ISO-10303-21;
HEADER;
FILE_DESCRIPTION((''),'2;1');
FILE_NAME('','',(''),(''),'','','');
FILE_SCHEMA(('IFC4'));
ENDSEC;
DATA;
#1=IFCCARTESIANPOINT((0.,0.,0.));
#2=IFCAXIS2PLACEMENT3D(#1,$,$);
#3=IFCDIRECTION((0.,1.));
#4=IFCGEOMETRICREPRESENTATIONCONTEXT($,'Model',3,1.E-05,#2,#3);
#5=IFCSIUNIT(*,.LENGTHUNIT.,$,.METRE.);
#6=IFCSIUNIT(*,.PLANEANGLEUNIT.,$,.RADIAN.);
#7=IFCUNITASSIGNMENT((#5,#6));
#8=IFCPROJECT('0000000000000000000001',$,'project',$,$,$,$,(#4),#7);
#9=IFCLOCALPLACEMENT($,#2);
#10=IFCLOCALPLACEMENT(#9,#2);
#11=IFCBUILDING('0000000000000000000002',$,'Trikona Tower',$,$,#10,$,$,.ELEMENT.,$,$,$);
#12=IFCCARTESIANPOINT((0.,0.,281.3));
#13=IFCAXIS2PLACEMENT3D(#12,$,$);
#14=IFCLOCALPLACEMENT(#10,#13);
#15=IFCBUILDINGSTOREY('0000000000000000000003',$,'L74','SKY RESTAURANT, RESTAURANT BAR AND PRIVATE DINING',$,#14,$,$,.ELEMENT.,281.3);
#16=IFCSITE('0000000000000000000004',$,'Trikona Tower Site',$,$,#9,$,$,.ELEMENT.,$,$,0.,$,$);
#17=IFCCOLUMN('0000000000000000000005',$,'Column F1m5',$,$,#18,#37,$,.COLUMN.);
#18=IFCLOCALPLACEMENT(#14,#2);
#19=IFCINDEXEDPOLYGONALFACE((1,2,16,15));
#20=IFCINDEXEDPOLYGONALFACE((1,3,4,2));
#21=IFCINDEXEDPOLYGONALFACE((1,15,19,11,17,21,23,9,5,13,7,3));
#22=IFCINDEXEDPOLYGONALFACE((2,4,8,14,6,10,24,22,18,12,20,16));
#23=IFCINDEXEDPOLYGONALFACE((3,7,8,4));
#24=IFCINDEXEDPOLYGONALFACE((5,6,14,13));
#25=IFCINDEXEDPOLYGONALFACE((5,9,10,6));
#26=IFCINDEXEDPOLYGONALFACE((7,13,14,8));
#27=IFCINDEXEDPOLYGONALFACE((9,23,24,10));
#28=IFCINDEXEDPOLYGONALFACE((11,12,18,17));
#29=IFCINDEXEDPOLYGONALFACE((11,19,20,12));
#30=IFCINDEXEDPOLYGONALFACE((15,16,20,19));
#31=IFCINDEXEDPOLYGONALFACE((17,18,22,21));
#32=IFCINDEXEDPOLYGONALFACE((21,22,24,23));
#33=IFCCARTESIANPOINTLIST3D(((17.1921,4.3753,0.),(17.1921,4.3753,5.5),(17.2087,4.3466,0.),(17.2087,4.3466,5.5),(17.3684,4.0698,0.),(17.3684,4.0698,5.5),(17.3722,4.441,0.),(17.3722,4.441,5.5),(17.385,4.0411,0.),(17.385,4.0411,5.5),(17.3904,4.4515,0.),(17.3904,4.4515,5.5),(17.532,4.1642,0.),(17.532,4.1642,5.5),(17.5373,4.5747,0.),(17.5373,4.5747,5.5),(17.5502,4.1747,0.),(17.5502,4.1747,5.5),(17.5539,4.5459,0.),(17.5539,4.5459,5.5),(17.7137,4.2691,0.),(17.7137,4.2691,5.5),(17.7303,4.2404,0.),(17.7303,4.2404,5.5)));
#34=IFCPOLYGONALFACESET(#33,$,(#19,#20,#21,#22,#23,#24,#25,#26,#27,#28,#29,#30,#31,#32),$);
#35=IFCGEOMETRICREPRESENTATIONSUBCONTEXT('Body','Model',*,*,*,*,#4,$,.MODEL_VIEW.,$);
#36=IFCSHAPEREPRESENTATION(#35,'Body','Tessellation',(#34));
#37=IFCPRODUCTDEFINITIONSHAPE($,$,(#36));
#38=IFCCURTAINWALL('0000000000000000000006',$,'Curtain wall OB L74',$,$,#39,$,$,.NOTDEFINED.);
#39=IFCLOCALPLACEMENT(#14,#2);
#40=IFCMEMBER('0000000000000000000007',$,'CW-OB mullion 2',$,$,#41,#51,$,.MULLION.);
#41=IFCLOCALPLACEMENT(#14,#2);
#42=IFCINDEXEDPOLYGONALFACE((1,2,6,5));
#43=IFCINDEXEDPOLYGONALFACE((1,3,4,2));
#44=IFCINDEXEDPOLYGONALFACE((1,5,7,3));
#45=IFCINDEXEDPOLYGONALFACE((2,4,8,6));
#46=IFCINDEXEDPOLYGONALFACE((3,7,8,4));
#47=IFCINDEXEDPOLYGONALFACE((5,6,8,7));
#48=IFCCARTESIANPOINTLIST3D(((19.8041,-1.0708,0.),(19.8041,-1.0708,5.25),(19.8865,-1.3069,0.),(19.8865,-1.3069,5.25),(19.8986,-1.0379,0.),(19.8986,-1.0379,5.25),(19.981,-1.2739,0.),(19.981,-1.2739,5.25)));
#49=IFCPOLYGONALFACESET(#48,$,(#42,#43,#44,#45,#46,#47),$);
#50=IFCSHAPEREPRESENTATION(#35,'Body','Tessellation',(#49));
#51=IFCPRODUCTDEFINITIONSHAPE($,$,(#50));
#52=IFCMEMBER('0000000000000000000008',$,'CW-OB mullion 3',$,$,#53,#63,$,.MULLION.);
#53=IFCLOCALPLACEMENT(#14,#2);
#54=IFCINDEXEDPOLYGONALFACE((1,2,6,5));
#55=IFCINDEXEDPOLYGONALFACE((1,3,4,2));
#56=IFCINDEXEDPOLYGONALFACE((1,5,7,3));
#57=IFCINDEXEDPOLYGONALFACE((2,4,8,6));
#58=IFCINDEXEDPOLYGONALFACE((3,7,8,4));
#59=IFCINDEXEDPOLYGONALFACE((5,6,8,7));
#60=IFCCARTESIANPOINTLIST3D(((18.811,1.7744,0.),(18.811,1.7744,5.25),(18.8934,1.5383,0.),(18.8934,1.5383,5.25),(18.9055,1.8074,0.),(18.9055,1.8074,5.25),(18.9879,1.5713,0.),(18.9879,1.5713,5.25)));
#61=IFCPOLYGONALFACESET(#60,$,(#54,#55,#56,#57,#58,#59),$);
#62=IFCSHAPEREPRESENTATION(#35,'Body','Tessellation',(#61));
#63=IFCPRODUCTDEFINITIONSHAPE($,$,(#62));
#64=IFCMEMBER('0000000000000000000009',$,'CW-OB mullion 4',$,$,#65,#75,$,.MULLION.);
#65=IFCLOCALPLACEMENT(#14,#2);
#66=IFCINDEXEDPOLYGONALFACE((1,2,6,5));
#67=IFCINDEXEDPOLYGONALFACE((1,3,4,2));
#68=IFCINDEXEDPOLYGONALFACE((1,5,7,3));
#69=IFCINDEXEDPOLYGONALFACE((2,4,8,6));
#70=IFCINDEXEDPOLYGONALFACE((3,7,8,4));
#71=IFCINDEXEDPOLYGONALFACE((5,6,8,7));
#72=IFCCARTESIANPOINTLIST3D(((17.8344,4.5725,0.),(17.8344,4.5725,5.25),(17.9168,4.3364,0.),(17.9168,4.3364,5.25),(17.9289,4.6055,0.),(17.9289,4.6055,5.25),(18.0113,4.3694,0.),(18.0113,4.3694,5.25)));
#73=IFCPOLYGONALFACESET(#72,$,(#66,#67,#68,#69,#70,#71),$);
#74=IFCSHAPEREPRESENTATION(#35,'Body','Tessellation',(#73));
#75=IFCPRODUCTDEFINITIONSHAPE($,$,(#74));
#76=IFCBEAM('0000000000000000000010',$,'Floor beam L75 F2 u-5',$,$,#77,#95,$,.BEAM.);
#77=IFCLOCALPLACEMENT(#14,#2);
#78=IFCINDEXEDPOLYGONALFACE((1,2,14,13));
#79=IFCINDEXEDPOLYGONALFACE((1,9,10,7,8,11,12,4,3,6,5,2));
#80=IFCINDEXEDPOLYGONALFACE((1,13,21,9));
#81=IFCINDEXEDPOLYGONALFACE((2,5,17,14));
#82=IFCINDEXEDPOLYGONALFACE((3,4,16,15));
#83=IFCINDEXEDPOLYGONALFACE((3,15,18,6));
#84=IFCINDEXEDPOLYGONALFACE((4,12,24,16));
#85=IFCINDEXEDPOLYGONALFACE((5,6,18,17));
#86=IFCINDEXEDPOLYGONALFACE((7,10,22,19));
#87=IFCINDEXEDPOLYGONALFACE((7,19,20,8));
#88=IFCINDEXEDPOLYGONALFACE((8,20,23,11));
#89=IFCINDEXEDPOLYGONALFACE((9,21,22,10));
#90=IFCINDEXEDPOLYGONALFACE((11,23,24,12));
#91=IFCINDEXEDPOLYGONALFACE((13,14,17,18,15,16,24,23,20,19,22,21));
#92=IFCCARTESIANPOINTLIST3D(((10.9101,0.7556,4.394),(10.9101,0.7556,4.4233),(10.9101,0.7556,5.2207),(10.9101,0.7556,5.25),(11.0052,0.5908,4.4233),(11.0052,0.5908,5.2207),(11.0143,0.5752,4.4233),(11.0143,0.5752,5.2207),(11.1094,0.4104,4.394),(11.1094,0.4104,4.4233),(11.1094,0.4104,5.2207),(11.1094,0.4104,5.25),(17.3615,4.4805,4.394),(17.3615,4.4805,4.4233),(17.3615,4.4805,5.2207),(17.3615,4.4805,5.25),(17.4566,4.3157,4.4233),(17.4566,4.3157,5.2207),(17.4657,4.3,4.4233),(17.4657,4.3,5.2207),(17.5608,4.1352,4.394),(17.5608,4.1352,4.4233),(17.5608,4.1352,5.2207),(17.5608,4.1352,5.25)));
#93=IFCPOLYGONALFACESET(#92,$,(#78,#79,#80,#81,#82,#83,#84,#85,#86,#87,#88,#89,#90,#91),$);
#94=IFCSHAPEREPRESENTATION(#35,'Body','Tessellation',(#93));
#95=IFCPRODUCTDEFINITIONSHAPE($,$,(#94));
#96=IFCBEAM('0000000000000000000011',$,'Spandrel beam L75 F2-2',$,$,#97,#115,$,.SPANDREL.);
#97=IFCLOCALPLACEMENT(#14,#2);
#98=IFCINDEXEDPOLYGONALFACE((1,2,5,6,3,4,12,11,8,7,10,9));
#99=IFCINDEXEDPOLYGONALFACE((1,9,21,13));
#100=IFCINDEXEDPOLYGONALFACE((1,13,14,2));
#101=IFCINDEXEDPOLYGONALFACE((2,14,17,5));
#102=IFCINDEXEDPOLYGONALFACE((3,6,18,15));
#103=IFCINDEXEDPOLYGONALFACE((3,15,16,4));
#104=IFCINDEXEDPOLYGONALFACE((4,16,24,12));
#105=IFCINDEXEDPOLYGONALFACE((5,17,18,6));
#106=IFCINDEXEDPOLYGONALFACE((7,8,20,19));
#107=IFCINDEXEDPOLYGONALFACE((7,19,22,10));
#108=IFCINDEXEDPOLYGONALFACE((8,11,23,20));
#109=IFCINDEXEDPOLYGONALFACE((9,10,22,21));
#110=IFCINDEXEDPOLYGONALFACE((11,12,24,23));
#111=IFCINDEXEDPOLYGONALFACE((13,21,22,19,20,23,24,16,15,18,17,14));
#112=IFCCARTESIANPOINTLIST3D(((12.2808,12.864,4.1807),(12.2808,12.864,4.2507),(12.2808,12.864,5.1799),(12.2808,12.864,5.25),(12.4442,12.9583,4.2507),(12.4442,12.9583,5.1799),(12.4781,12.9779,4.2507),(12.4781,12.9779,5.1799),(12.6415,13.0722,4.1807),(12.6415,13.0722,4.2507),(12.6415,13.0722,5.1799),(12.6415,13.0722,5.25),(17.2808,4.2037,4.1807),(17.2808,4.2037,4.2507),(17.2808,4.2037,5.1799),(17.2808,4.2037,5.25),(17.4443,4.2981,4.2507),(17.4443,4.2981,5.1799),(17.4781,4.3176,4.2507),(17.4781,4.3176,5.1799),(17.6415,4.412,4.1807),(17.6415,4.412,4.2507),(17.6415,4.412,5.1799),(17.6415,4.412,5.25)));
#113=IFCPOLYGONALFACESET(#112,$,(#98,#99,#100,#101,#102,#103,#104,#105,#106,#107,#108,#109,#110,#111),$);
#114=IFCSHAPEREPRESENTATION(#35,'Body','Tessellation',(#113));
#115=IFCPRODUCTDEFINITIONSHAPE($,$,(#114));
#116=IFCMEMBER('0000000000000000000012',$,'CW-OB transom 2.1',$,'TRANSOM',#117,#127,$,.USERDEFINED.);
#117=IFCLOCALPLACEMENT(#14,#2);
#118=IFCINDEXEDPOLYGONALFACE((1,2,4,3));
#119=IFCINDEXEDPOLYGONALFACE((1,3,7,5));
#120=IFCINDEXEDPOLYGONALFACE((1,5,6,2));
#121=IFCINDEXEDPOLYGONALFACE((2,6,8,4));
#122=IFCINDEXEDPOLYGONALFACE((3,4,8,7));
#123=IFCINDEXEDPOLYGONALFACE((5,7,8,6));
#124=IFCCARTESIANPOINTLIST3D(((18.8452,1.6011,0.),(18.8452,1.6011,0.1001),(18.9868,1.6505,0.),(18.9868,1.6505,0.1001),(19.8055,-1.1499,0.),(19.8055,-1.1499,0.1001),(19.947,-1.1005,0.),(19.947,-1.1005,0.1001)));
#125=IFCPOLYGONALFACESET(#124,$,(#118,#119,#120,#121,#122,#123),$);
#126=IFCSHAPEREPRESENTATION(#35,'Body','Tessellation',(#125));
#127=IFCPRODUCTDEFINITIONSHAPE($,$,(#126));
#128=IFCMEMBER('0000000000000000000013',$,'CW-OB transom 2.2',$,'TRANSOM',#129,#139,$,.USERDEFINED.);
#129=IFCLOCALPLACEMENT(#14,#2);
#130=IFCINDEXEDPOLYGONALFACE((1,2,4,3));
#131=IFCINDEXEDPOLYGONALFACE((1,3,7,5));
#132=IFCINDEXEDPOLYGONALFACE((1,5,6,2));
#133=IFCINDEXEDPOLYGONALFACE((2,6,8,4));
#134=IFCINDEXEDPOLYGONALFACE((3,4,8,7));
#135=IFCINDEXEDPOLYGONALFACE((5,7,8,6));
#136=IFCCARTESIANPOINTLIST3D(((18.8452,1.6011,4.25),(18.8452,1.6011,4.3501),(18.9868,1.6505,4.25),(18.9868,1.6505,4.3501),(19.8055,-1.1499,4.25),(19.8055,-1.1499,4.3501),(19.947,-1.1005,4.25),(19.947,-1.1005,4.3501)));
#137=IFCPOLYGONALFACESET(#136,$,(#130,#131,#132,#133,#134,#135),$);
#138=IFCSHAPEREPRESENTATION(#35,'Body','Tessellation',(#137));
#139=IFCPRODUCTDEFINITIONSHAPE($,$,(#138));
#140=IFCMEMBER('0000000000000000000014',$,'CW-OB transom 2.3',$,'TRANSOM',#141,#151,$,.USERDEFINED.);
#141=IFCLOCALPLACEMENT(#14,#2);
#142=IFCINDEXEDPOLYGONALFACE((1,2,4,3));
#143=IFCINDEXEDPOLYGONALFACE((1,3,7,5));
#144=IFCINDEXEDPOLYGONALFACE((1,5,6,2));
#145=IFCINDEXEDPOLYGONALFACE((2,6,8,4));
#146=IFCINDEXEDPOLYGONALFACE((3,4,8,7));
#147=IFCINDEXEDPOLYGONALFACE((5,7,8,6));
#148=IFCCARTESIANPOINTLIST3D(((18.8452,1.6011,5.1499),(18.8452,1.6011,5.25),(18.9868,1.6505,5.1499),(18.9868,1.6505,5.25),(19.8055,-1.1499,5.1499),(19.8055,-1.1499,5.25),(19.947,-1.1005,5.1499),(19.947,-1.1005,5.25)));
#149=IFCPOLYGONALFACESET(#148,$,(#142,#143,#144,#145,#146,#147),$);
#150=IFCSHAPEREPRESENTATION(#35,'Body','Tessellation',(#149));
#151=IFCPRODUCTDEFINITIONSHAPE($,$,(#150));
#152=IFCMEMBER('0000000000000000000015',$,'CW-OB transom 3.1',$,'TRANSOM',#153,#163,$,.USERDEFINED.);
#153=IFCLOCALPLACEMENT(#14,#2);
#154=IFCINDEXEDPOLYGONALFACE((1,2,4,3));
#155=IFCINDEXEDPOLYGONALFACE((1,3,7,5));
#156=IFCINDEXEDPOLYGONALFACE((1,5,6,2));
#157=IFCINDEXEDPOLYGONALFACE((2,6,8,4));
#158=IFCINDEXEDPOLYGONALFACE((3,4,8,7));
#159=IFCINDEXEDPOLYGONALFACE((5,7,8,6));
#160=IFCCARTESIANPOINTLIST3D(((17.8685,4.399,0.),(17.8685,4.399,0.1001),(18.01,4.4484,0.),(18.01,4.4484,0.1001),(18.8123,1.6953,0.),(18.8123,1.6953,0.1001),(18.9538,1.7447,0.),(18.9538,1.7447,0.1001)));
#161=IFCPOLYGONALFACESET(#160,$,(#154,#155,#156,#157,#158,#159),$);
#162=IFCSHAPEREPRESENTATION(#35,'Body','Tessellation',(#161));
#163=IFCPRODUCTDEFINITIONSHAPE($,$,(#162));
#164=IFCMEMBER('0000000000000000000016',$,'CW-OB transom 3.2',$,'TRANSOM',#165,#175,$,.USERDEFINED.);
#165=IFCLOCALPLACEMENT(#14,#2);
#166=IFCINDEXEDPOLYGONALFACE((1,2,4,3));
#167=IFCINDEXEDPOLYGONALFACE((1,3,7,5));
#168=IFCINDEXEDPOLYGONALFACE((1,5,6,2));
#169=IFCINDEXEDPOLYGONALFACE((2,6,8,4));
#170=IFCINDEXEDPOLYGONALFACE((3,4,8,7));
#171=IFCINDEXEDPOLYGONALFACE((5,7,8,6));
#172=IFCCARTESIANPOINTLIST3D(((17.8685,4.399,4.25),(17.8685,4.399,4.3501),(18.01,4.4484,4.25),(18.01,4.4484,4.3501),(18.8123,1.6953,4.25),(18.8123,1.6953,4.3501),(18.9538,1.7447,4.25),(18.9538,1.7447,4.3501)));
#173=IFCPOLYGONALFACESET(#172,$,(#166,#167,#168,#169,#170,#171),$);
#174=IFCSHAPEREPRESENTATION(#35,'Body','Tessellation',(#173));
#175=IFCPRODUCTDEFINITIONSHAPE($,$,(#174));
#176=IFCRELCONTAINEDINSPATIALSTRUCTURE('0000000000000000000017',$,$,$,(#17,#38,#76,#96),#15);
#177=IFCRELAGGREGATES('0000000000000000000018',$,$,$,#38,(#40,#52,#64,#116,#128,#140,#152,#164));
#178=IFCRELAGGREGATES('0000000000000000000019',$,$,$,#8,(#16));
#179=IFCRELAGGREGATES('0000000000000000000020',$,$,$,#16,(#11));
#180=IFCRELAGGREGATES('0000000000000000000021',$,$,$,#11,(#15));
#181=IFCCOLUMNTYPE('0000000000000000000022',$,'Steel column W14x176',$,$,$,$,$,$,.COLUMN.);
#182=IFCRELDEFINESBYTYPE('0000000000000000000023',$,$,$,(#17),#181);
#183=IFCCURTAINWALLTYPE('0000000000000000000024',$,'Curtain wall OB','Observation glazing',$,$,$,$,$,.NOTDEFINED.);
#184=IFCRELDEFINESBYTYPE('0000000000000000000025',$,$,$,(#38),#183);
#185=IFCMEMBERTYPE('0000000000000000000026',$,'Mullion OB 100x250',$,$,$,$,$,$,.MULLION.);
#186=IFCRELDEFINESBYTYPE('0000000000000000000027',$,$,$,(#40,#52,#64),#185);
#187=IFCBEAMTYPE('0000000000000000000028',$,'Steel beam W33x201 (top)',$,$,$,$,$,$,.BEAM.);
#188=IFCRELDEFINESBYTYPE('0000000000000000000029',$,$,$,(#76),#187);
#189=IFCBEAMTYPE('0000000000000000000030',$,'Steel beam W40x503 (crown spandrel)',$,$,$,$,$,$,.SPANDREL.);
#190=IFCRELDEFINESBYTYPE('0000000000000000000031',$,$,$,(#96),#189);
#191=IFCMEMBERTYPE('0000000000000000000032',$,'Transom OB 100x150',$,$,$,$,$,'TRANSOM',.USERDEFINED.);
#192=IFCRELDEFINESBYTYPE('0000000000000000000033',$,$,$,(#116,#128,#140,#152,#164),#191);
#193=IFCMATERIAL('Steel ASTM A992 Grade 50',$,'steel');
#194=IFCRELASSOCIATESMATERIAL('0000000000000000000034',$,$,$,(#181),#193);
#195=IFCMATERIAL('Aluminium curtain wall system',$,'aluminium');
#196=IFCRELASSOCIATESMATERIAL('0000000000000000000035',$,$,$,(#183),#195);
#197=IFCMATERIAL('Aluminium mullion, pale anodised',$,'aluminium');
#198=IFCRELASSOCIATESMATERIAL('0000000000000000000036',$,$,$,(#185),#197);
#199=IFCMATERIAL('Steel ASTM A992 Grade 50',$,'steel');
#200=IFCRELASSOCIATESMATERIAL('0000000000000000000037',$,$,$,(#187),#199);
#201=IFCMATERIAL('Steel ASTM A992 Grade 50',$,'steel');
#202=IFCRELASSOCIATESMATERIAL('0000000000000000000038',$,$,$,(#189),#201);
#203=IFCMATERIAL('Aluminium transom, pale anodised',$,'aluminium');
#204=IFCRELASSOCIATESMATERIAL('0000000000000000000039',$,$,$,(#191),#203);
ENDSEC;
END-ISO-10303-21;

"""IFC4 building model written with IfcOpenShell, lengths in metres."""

from ifc_helpers import new_model, si_unit, direction, frame, origin, origin_2d, place, context, subcontext, project, spatial, rectangle, i_section, extrude, material, material_profile, profile_set, type_object, element, aggregate, save


model = new_model("IFC4")

# Units and contexts
model_context = context("Model", 3, precision=1e-05, world=origin(), true_north=direction((0.0, 1.0)))
body_context = subcontext(model_context, "Body", "Model", "MODEL_VIEW")
ifc_project = project(units=[si_unit("LENGTHUNIT", "METRE"), si_unit("PLANEANGLEUNIT", "RADIAN")], contexts=[model_context])

# Site, building, storey
site_placement = place(None, origin())
site = spatial("IfcSite", under=ifc_project, at=site_placement, Name="Trikona Tower Site", CompositionType="ELEMENT", RefElevation=0.0)
building_placement = place(site_placement, origin())
building = spatial("IfcBuilding", under=site, at=building_placement, Name="Trikona Tower", CompositionType="ELEMENT")
storey_placement = place(building_placement, frame((0.0, 0.0, 281.3)))
storey = spatial("IfcBuildingStorey", under=building, at=storey_placement, Name="L74", Description="SKY RESTAURANT, RESTAURANT BAR AND PRIVATE DINING", CompositionType="ELEMENT", Elevation=281.3)

# Column
ifc_material_1 = material(Name="Steel ASTM A992 Grade 50", Category="steel")
ifc_material_profile_1 = material_profile(ifc_material_1, i_section(OverallWidth=0.3987, OverallDepth=0.386, WebThickness=0.021, FlangeThickness=0.0332, at=origin_2d()), Name="W14X176")
ifc_profile_set_1 = profile_set([ifc_material_profile_1], Name="Steel ASTM A992 Grade 50")
column_type = type_object("IfcColumnType", Name="Steel column W14x176", PredefinedType="COLUMN", material=ifc_profile_set_1)
column_placement = place(storey_placement, frame((17.4612, 4.3079, 0.0), z_axis=(0.0, 0.0, 1.0), x_axis=(0.866025, 0.5, 0.0)))
element("IfcColumn", 1, at=column_placement, inside=storey, type_object=column_type, Name="Column F1m5", PredefinedType="COLUMN", context=body_context, shape_type="SweptSolid", body=[
    extrude(i_section(OverallWidth=0.3987, OverallDepth=0.386, WebThickness=0.021, FlangeThickness=0.0332, at=origin_2d()), origin(), (0.0, 0.0, 1.0), 5.5),
])

# Curtain wall, members
ifc_material_2 = material(Name="Aluminium curtain wall system", Category="aluminium")
curtain_wall_type = type_object("IfcCurtainWallType", Name="Curtain wall OB", Description="Observation glazing", PredefinedType="NOTDEFINED", material=ifc_material_2)
curtain_wall_placement = place(storey_placement, origin())
curtain_wall = element("IfcCurtainWall", 2, at=curtain_wall_placement, inside=storey, type_object=curtain_wall_type, Name="Curtain wall OB L74", PredefinedType="NOTDEFINED")
ifc_material_3 = material(Name="Aluminium mullion, pale anodised", Category="aluminium")
ifc_material_profile_2 = material_profile(ifc_material_3, rectangle(XDim=0.1001, YDim=0.25, at=origin_2d()), Name="MUL-OB")
ifc_profile_set_2 = profile_set([ifc_material_profile_2], Name="Aluminium mullion, pale anodised")
member_type_1 = type_object("IfcMemberType", Name="Mullion OB 100x250", PredefinedType="MULLION", material=ifc_profile_set_2)
member_1_placement = place(storey_placement, frame((19.8926, -1.1724, 0.0), z_axis=(0.0, 0.0, 1.0), x_axis=(-0.944137, -0.329552, 0.0)))
member_1 = element("IfcMember", 3, at=member_1_placement, type_object=member_type_1, Name="CW-OB mullion 2", PredefinedType="MULLION", context=body_context, shape_type="SweptSolid", body=[
    extrude(rectangle(XDim=0.1001, YDim=0.25, at=origin_2d()), origin(), (0.0, 0.0, 1.0), 5.25),
])
member_2_placement = place(storey_placement, frame((18.8994, 1.6729, 0.0), z_axis=(0.0, 0.0, 1.0), x_axis=(-0.944137, -0.329552, 0.0)))
member_2 = element("IfcMember", 4, at=member_2_placement, type_object=member_type_1, Name="CW-OB mullion 3", PredefinedType="MULLION", context=body_context, shape_type="SweptSolid", body=[
    extrude(rectangle(XDim=0.1001, YDim=0.25, at=origin_2d()), origin(), (0.0, 0.0, 1.0), 5.25),
])
member_3_placement = place(storey_placement, frame((17.9229, 4.4709, 0.0), z_axis=(0.0, 0.0, 1.0), x_axis=(-0.944137, -0.329552, 0.0)))
member_3 = element("IfcMember", 5, at=member_3_placement, type_object=member_type_1, Name="CW-OB mullion 4", PredefinedType="MULLION", context=body_context, shape_type="SweptSolid", body=[
    extrude(rectangle(XDim=0.1001, YDim=0.25, at=origin_2d()), origin(), (0.0, 0.0, 1.0), 5.25),
])

# Beams
ifc_material_4 = material(Name="Steel ASTM A992 Grade 50", Category="steel")
ifc_material_profile_3 = material_profile(ifc_material_4, i_section(OverallWidth=0.3987, OverallDepth=0.856, WebThickness=0.0181, FlangeThickness=0.0293, at=origin_2d()), Name="W33X201")
ifc_profile_set_3 = profile_set([ifc_material_profile_3], Name="Steel ASTM A992 Grade 50")
beam_type_1 = type_object("IfcBeamType", Name="Steel beam W33x201 (top)", PredefinedType="BEAM", material=ifc_profile_set_3)
beam_1_placement = place(storey_placement, frame((11.0098, 0.583, 4.822), z_axis=(0.866018, 0.500013, 0.0), x_axis=(-0.500013, 0.866018, 0.0)))
element("IfcBeam", 6, at=beam_1_placement, inside=storey, type_object=beam_type_1, Name="Floor beam L75 F2 u-5", PredefinedType="BEAM", context=body_context, shape_type="SweptSolid", body=[
    extrude(i_section(OverallWidth=0.3987, OverallDepth=0.856, WebThickness=0.0181, FlangeThickness=0.0293, at=origin_2d()), origin(), (0.0, 0.0, 1.0), 7.4495),
])
ifc_material_5 = material(Name="Steel ASTM A992 Grade 50", Category="steel")
ifc_material_profile_4 = material_profile(ifc_material_5, i_section(OverallWidth=0.4165, OverallDepth=1.0693, WebThickness=0.0391, FlangeThickness=0.0701, at=origin_2d()), Name="W40X503")
ifc_profile_set_4 = profile_set([ifc_material_profile_4], Name="Steel ASTM A992 Grade 50")
beam_type_2 = type_object("IfcBeamType", Name="Steel beam W40x503 (crown spandrel)", PredefinedType="SPANDREL", material=ifc_profile_set_4)
beam_2_placement = place(storey_placement, frame((17.4612, 4.3079, 4.7153), z_axis=(-0.500004, 0.866023, 0.0), x_axis=(-0.866023, -0.500004, 0.0)))
element("IfcBeam", 7, at=beam_2_placement, inside=storey, type_object=beam_type_2, Name="Spandrel beam L75 F2-2", PredefinedType="SPANDREL", context=body_context, shape_type="SweptSolid", body=[
    extrude(i_section(OverallWidth=0.4165, OverallDepth=1.0693, WebThickness=0.0391, FlangeThickness=0.0701, at=origin_2d()), origin(), (0.0, 0.0, 1.0), 10.0),
])

# Members
ifc_material_6 = material(Name="Aluminium transom, pale anodised", Category="aluminium")
ifc_material_profile_5 = material_profile(ifc_material_6, rectangle(XDim=0.1499, YDim=0.1001, at=origin_2d()), Name="TRN-OB")
ifc_profile_set_5 = profile_set([ifc_material_profile_5], Name="Aluminium transom, pale anodised")
member_type_2 = type_object("IfcMemberType", Name="Transom OB 100x150", ElementType="TRANSOM", PredefinedType="USERDEFINED", material=ifc_profile_set_5)
member_4_placement = place(storey_placement, frame((19.8762, -1.1252, 0.05), z_axis=(-0.329544, 0.94414, 0.0), x_axis=(-0.94414, -0.329544, 0.0)))
member_4 = element("IfcMember", 8, at=member_4_placement, type_object=member_type_2, Name="CW-OB transom 2.1", ObjectType="TRANSOM", PredefinedType="USERDEFINED", context=body_context, shape_type="SweptSolid", body=[
    extrude(rectangle(XDim=0.1499, YDim=0.1001, at=origin_2d()), origin(), (0.0, 0.0, 1.0), 2.9138),
])
member_5_placement = place(storey_placement, frame((19.8762, -1.1252, 4.3), z_axis=(-0.329544, 0.94414, 0.0), x_axis=(-0.94414, -0.329544, 0.0)))
member_5 = element("IfcMember", 9, at=member_5_placement, type_object=member_type_2, Name="CW-OB transom 2.2", ObjectType="TRANSOM", PredefinedType="USERDEFINED", context=body_context, shape_type="SweptSolid", body=[
    extrude(rectangle(XDim=0.1499, YDim=0.1001, at=origin_2d()), origin(), (0.0, 0.0, 1.0), 2.9138),
])
member_6_placement = place(storey_placement, frame((19.8762, -1.1252, 5.2), z_axis=(-0.329544, 0.94414, 0.0), x_axis=(-0.94414, -0.329544, 0.0)))
member_6 = element("IfcMember", 10, at=member_6_placement, type_object=member_type_2, Name="CW-OB transom 2.3", ObjectType="TRANSOM", PredefinedType="USERDEFINED", context=body_context, shape_type="SweptSolid", body=[
    extrude(rectangle(XDim=0.1499, YDim=0.1001, at=origin_2d()), origin(), (0.0, 0.0, 1.0), 2.9138),
])
member_7_placement = place(storey_placement, frame((18.8831, 1.72, 0.05), z_axis=(-0.329572, 0.94413, 0.0), x_axis=(-0.94413, -0.329572, 0.0)))
member_7 = element("IfcMember", 11, at=member_7_placement, type_object=member_type_2, Name="CW-OB transom 3.1", ObjectType="TRANSOM", PredefinedType="USERDEFINED", context=body_context, shape_type="SweptSolid", body=[
    extrude(rectangle(XDim=0.1499, YDim=0.1001, at=origin_2d()), origin(), (0.0, 0.0, 1.0), 2.8638),
])
member_8_placement = place(storey_placement, frame((18.8831, 1.72, 4.3), z_axis=(-0.329572, 0.94413, 0.0), x_axis=(-0.94413, -0.329572, 0.0)))
member_8 = element("IfcMember", 12, at=member_8_placement, type_object=member_type_2, Name="CW-OB transom 3.2", ObjectType="TRANSOM", PredefinedType="USERDEFINED", context=body_context, shape_type="SweptSolid", body=[
    extrude(rectangle(XDim=0.1499, YDim=0.1001, at=origin_2d()), origin(), (0.0, 0.0, 1.0), 2.8638),
])

aggregate(curtain_wall, [member_1, member_2, member_3, member_4, member_5, member_6, member_7, member_8])

save(model, "model.ifc")
